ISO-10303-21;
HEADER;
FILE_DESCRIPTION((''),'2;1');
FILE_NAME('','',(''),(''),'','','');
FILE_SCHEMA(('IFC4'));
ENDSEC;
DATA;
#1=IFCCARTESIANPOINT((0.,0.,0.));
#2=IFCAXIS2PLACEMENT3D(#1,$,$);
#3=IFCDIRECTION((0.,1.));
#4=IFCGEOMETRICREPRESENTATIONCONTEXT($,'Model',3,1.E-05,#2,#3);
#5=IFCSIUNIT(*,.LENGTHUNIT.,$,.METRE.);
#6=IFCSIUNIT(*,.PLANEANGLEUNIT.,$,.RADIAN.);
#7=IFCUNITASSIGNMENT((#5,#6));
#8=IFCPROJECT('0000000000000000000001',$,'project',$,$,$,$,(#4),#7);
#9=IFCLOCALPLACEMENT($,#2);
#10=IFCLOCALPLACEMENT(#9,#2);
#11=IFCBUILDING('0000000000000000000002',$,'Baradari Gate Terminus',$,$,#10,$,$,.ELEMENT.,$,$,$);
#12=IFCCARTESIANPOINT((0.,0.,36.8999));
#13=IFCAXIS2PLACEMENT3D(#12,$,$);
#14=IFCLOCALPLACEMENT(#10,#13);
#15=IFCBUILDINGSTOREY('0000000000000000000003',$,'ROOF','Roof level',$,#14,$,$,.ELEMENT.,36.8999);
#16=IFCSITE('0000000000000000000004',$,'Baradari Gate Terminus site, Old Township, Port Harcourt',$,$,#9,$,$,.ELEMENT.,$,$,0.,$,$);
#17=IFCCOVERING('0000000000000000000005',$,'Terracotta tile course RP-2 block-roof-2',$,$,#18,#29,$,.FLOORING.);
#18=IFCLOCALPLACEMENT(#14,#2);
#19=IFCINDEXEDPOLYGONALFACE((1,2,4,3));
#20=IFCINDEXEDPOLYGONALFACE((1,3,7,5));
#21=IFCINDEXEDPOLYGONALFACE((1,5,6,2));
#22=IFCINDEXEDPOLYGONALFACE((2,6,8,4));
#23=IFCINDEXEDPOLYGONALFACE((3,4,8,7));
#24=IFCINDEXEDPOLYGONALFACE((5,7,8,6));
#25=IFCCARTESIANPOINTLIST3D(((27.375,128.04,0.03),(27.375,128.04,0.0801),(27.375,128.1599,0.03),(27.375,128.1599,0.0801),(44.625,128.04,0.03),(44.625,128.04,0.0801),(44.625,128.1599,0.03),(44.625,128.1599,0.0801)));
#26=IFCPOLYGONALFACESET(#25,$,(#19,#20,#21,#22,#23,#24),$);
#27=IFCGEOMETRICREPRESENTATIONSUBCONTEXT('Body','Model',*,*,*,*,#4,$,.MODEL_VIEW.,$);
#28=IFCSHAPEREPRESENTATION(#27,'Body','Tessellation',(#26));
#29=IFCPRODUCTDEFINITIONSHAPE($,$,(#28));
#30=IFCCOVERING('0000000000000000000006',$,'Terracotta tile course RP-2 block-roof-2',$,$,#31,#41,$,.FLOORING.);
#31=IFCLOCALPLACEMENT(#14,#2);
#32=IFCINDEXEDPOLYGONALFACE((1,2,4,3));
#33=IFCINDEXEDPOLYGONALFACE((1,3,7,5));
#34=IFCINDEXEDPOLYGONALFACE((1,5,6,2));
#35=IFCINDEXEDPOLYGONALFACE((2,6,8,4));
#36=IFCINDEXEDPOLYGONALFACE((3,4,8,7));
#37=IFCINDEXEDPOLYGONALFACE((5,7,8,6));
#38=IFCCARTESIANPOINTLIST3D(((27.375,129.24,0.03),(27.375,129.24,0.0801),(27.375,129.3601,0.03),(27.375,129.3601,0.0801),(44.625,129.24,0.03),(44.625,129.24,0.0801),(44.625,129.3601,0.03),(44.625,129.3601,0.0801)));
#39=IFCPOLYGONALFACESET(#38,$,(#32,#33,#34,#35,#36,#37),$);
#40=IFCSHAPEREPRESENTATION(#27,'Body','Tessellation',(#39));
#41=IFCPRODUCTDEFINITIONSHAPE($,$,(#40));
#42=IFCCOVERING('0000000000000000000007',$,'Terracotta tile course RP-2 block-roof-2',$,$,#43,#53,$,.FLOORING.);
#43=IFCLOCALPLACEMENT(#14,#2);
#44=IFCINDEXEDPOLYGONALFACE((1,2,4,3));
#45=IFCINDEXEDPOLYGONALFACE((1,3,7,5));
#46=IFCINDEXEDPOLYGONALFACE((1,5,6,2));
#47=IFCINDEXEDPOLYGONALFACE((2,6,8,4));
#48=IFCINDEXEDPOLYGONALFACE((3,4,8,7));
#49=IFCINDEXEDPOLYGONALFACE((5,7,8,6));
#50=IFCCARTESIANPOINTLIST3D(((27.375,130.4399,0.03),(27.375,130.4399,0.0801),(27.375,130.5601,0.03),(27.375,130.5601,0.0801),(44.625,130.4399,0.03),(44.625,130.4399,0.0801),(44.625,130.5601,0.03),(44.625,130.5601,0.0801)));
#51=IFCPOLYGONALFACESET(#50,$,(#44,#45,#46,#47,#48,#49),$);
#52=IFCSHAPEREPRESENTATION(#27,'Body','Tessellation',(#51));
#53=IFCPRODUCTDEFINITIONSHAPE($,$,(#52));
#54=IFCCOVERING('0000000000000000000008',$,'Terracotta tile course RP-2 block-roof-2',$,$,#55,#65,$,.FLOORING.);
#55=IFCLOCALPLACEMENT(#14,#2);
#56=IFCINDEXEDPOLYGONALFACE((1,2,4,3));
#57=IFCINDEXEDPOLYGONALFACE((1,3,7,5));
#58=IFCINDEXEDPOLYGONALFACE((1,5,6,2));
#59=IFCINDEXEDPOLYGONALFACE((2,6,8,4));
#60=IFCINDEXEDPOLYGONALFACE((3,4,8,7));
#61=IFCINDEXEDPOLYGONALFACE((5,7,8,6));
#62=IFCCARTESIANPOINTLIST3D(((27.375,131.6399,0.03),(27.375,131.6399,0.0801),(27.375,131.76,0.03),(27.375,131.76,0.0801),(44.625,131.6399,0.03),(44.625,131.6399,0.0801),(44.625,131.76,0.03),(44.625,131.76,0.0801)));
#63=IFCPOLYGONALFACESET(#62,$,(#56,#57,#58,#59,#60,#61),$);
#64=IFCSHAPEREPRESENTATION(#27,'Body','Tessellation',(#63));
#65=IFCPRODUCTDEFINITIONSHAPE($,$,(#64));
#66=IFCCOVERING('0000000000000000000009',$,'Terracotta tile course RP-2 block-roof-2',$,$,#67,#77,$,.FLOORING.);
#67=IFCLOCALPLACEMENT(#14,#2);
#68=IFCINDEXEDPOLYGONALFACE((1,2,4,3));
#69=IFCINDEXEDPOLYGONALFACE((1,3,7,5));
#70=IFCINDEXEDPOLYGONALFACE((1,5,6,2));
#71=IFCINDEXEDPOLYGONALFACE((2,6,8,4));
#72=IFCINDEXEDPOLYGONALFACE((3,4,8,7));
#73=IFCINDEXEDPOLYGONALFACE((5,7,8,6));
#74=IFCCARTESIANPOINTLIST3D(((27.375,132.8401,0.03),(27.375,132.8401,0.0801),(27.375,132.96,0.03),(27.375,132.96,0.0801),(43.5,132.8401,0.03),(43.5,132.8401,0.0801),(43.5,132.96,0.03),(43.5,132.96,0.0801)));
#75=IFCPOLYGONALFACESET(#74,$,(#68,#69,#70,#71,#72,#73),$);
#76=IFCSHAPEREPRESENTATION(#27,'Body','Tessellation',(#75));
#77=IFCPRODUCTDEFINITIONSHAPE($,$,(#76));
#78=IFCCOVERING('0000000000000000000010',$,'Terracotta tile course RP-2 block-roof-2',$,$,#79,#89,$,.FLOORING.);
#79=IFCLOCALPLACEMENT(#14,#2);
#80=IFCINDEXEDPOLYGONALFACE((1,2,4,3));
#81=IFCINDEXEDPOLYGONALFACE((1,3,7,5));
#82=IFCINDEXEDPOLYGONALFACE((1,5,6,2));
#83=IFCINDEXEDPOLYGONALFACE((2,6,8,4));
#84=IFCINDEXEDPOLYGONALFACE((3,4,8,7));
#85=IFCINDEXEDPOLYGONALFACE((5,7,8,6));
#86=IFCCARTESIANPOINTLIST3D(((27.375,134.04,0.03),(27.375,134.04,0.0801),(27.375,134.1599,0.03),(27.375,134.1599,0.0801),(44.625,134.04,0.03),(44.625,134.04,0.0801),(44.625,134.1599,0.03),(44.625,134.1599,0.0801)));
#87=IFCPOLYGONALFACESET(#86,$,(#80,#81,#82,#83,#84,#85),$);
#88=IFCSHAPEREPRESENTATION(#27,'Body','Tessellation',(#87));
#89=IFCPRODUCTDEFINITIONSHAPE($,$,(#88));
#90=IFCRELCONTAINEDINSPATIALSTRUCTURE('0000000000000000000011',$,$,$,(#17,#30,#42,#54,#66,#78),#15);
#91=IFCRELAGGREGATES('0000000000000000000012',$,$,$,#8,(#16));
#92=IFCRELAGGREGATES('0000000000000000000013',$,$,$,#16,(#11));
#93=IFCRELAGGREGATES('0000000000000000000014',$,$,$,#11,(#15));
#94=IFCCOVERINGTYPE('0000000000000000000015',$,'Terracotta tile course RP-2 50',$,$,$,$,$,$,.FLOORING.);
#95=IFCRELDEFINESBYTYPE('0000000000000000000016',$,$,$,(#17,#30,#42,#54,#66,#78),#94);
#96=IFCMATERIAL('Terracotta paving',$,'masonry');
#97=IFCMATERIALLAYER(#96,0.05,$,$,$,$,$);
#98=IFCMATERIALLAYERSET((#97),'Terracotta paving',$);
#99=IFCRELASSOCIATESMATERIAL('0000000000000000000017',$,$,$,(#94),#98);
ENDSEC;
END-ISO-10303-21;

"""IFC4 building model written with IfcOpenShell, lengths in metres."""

from ifc_helpers import new_model, si_unit, direction, frame, origin, place, context, subcontext, project, spatial, polyline, outline, extrude, material, layer, layer_set, type_object, element, save


model = new_model("IFC4")

# Units and contexts
model_context = context("Model", 3, precision=1e-05, world=origin(), true_north=direction((0.0, 1.0)))
body_context = subcontext(model_context, "Body", "Model", "MODEL_VIEW")
ifc_project = project(units=[si_unit("LENGTHUNIT", "METRE"), si_unit("PLANEANGLEUNIT", "RADIAN")], contexts=[model_context])

# Site, building, storey
site_placement = place(None, origin())
site = spatial("IfcSite", under=ifc_project, at=site_placement, Name="Baradari Gate Terminus site, Old Township, Port Harcourt", CompositionType="ELEMENT", RefElevation=0.0)
building_placement = place(site_placement, origin())
building = spatial("IfcBuilding", under=site, at=building_placement, Name="Baradari Gate Terminus", CompositionType="ELEMENT")
storey_placement = place(building_placement, frame((0.0, 0.0, 36.8999)))
storey = spatial("IfcBuildingStorey", under=building, at=storey_placement, Name="ROOF", Description="Roof level", CompositionType="ELEMENT", Elevation=36.8999)

# Coverings
ifc_material_1 = material(Name="Terracotta paving", Category="masonry")
ifc_layer_1 = layer(ifc_material_1, 0.05)
ifc_layer_set_1 = layer_set([ifc_layer_1], Name="Terracotta paving")
covering_type_1 = type_object("IfcCoveringType", Name="Terracotta tile course RP-2 50", PredefinedType="FLOORING", material=ifc_layer_set_1)
covering_1_placement = place(storey_placement, frame((0.0, 0.0, 0.03)))
element("IfcCovering", 1, at=covering_1_placement, inside=storey, type_object=covering_type_1, Name="Terracotta tile course RP-2 block-roof-2", PredefinedType="FLOORING", context=body_context, shape_type="SweptSolid", body=[
    extrude(outline(polyline([(44.625, 128.04), (44.625, 128.1599), (27.375, 128.1599), (27.375, 128.04), (44.625, 128.04)])), origin(), (0.0, 0.0, 1.0), 0.05),
])
covering_2_placement = place(storey_placement, frame((0.0, 0.0, 0.03)))
element("IfcCovering", 2, at=covering_2_placement, inside=storey, type_object=covering_type_1, Name="Terracotta tile course RP-2 block-roof-2", PredefinedType="FLOORING", context=body_context, shape_type="SweptSolid", body=[
    extrude(outline(polyline([(44.625, 129.24), (44.625, 129.3601), (27.375, 129.3601), (27.375, 129.24), (44.625, 129.24)])), origin(), (0.0, 0.0, 1.0), 0.05),
])
covering_3_placement = place(storey_placement, frame((0.0, 0.0, 0.03)))
element("IfcCovering", 3, at=covering_3_placement, inside=storey, type_object=covering_type_1, Name="Terracotta tile course RP-2 block-roof-2", PredefinedType="FLOORING", context=body_context, shape_type="SweptSolid", body=[
    extrude(outline(polyline([(44.625, 130.4399), (44.625, 130.5601), (27.375, 130.5601), (27.375, 130.4399), (44.625, 130.4399)])), origin(), (0.0, 0.0, 1.0), 0.05),
])
covering_4_placement = place(storey_placement, frame((0.0, 0.0, 0.03)))
element("IfcCovering", 4, at=covering_4_placement, inside=storey, type_object=covering_type_1, Name="Terracotta tile course RP-2 block-roof-2", PredefinedType="FLOORING", context=body_context, shape_type="SweptSolid", body=[
    extrude(outline(polyline([(44.625, 131.6399), (44.625, 131.76), (27.375, 131.76), (27.375, 131.6399), (44.625, 131.6399)])), origin(), (0.0, 0.0, 1.0), 0.05),
])
covering_5_placement = place(storey_placement, frame((0.0, 0.0, 0.03)))
element("IfcCovering", 5, at=covering_5_placement, inside=storey, type_object=covering_type_1, Name="Terracotta tile course RP-2 block-roof-2", PredefinedType="FLOORING", context=body_context, shape_type="SweptSolid", body=[
    extrude(outline(polyline([(43.5, 132.8401), (43.5, 132.96), (27.375, 132.96), (27.375, 132.8401), (43.5, 132.8401)])), origin(), (0.0, 0.0, 1.0), 0.05),
])
covering_6_placement = place(storey_placement, frame((0.0, 0.0, 0.03)))
element("IfcCovering", 6, at=covering_6_placement, inside=storey, type_object=covering_type_1, Name="Terracotta tile course RP-2 block-roof-2", PredefinedType="FLOORING", context=body_context, shape_type="SweptSolid", body=[
    extrude(outline(polyline([(44.625, 134.04), (44.625, 134.1599), (27.375, 134.1599), (27.375, 134.04), (44.625, 134.04)])), origin(), (0.0, 0.0, 1.0), 0.05),
])

save(model, "model.ifc")
